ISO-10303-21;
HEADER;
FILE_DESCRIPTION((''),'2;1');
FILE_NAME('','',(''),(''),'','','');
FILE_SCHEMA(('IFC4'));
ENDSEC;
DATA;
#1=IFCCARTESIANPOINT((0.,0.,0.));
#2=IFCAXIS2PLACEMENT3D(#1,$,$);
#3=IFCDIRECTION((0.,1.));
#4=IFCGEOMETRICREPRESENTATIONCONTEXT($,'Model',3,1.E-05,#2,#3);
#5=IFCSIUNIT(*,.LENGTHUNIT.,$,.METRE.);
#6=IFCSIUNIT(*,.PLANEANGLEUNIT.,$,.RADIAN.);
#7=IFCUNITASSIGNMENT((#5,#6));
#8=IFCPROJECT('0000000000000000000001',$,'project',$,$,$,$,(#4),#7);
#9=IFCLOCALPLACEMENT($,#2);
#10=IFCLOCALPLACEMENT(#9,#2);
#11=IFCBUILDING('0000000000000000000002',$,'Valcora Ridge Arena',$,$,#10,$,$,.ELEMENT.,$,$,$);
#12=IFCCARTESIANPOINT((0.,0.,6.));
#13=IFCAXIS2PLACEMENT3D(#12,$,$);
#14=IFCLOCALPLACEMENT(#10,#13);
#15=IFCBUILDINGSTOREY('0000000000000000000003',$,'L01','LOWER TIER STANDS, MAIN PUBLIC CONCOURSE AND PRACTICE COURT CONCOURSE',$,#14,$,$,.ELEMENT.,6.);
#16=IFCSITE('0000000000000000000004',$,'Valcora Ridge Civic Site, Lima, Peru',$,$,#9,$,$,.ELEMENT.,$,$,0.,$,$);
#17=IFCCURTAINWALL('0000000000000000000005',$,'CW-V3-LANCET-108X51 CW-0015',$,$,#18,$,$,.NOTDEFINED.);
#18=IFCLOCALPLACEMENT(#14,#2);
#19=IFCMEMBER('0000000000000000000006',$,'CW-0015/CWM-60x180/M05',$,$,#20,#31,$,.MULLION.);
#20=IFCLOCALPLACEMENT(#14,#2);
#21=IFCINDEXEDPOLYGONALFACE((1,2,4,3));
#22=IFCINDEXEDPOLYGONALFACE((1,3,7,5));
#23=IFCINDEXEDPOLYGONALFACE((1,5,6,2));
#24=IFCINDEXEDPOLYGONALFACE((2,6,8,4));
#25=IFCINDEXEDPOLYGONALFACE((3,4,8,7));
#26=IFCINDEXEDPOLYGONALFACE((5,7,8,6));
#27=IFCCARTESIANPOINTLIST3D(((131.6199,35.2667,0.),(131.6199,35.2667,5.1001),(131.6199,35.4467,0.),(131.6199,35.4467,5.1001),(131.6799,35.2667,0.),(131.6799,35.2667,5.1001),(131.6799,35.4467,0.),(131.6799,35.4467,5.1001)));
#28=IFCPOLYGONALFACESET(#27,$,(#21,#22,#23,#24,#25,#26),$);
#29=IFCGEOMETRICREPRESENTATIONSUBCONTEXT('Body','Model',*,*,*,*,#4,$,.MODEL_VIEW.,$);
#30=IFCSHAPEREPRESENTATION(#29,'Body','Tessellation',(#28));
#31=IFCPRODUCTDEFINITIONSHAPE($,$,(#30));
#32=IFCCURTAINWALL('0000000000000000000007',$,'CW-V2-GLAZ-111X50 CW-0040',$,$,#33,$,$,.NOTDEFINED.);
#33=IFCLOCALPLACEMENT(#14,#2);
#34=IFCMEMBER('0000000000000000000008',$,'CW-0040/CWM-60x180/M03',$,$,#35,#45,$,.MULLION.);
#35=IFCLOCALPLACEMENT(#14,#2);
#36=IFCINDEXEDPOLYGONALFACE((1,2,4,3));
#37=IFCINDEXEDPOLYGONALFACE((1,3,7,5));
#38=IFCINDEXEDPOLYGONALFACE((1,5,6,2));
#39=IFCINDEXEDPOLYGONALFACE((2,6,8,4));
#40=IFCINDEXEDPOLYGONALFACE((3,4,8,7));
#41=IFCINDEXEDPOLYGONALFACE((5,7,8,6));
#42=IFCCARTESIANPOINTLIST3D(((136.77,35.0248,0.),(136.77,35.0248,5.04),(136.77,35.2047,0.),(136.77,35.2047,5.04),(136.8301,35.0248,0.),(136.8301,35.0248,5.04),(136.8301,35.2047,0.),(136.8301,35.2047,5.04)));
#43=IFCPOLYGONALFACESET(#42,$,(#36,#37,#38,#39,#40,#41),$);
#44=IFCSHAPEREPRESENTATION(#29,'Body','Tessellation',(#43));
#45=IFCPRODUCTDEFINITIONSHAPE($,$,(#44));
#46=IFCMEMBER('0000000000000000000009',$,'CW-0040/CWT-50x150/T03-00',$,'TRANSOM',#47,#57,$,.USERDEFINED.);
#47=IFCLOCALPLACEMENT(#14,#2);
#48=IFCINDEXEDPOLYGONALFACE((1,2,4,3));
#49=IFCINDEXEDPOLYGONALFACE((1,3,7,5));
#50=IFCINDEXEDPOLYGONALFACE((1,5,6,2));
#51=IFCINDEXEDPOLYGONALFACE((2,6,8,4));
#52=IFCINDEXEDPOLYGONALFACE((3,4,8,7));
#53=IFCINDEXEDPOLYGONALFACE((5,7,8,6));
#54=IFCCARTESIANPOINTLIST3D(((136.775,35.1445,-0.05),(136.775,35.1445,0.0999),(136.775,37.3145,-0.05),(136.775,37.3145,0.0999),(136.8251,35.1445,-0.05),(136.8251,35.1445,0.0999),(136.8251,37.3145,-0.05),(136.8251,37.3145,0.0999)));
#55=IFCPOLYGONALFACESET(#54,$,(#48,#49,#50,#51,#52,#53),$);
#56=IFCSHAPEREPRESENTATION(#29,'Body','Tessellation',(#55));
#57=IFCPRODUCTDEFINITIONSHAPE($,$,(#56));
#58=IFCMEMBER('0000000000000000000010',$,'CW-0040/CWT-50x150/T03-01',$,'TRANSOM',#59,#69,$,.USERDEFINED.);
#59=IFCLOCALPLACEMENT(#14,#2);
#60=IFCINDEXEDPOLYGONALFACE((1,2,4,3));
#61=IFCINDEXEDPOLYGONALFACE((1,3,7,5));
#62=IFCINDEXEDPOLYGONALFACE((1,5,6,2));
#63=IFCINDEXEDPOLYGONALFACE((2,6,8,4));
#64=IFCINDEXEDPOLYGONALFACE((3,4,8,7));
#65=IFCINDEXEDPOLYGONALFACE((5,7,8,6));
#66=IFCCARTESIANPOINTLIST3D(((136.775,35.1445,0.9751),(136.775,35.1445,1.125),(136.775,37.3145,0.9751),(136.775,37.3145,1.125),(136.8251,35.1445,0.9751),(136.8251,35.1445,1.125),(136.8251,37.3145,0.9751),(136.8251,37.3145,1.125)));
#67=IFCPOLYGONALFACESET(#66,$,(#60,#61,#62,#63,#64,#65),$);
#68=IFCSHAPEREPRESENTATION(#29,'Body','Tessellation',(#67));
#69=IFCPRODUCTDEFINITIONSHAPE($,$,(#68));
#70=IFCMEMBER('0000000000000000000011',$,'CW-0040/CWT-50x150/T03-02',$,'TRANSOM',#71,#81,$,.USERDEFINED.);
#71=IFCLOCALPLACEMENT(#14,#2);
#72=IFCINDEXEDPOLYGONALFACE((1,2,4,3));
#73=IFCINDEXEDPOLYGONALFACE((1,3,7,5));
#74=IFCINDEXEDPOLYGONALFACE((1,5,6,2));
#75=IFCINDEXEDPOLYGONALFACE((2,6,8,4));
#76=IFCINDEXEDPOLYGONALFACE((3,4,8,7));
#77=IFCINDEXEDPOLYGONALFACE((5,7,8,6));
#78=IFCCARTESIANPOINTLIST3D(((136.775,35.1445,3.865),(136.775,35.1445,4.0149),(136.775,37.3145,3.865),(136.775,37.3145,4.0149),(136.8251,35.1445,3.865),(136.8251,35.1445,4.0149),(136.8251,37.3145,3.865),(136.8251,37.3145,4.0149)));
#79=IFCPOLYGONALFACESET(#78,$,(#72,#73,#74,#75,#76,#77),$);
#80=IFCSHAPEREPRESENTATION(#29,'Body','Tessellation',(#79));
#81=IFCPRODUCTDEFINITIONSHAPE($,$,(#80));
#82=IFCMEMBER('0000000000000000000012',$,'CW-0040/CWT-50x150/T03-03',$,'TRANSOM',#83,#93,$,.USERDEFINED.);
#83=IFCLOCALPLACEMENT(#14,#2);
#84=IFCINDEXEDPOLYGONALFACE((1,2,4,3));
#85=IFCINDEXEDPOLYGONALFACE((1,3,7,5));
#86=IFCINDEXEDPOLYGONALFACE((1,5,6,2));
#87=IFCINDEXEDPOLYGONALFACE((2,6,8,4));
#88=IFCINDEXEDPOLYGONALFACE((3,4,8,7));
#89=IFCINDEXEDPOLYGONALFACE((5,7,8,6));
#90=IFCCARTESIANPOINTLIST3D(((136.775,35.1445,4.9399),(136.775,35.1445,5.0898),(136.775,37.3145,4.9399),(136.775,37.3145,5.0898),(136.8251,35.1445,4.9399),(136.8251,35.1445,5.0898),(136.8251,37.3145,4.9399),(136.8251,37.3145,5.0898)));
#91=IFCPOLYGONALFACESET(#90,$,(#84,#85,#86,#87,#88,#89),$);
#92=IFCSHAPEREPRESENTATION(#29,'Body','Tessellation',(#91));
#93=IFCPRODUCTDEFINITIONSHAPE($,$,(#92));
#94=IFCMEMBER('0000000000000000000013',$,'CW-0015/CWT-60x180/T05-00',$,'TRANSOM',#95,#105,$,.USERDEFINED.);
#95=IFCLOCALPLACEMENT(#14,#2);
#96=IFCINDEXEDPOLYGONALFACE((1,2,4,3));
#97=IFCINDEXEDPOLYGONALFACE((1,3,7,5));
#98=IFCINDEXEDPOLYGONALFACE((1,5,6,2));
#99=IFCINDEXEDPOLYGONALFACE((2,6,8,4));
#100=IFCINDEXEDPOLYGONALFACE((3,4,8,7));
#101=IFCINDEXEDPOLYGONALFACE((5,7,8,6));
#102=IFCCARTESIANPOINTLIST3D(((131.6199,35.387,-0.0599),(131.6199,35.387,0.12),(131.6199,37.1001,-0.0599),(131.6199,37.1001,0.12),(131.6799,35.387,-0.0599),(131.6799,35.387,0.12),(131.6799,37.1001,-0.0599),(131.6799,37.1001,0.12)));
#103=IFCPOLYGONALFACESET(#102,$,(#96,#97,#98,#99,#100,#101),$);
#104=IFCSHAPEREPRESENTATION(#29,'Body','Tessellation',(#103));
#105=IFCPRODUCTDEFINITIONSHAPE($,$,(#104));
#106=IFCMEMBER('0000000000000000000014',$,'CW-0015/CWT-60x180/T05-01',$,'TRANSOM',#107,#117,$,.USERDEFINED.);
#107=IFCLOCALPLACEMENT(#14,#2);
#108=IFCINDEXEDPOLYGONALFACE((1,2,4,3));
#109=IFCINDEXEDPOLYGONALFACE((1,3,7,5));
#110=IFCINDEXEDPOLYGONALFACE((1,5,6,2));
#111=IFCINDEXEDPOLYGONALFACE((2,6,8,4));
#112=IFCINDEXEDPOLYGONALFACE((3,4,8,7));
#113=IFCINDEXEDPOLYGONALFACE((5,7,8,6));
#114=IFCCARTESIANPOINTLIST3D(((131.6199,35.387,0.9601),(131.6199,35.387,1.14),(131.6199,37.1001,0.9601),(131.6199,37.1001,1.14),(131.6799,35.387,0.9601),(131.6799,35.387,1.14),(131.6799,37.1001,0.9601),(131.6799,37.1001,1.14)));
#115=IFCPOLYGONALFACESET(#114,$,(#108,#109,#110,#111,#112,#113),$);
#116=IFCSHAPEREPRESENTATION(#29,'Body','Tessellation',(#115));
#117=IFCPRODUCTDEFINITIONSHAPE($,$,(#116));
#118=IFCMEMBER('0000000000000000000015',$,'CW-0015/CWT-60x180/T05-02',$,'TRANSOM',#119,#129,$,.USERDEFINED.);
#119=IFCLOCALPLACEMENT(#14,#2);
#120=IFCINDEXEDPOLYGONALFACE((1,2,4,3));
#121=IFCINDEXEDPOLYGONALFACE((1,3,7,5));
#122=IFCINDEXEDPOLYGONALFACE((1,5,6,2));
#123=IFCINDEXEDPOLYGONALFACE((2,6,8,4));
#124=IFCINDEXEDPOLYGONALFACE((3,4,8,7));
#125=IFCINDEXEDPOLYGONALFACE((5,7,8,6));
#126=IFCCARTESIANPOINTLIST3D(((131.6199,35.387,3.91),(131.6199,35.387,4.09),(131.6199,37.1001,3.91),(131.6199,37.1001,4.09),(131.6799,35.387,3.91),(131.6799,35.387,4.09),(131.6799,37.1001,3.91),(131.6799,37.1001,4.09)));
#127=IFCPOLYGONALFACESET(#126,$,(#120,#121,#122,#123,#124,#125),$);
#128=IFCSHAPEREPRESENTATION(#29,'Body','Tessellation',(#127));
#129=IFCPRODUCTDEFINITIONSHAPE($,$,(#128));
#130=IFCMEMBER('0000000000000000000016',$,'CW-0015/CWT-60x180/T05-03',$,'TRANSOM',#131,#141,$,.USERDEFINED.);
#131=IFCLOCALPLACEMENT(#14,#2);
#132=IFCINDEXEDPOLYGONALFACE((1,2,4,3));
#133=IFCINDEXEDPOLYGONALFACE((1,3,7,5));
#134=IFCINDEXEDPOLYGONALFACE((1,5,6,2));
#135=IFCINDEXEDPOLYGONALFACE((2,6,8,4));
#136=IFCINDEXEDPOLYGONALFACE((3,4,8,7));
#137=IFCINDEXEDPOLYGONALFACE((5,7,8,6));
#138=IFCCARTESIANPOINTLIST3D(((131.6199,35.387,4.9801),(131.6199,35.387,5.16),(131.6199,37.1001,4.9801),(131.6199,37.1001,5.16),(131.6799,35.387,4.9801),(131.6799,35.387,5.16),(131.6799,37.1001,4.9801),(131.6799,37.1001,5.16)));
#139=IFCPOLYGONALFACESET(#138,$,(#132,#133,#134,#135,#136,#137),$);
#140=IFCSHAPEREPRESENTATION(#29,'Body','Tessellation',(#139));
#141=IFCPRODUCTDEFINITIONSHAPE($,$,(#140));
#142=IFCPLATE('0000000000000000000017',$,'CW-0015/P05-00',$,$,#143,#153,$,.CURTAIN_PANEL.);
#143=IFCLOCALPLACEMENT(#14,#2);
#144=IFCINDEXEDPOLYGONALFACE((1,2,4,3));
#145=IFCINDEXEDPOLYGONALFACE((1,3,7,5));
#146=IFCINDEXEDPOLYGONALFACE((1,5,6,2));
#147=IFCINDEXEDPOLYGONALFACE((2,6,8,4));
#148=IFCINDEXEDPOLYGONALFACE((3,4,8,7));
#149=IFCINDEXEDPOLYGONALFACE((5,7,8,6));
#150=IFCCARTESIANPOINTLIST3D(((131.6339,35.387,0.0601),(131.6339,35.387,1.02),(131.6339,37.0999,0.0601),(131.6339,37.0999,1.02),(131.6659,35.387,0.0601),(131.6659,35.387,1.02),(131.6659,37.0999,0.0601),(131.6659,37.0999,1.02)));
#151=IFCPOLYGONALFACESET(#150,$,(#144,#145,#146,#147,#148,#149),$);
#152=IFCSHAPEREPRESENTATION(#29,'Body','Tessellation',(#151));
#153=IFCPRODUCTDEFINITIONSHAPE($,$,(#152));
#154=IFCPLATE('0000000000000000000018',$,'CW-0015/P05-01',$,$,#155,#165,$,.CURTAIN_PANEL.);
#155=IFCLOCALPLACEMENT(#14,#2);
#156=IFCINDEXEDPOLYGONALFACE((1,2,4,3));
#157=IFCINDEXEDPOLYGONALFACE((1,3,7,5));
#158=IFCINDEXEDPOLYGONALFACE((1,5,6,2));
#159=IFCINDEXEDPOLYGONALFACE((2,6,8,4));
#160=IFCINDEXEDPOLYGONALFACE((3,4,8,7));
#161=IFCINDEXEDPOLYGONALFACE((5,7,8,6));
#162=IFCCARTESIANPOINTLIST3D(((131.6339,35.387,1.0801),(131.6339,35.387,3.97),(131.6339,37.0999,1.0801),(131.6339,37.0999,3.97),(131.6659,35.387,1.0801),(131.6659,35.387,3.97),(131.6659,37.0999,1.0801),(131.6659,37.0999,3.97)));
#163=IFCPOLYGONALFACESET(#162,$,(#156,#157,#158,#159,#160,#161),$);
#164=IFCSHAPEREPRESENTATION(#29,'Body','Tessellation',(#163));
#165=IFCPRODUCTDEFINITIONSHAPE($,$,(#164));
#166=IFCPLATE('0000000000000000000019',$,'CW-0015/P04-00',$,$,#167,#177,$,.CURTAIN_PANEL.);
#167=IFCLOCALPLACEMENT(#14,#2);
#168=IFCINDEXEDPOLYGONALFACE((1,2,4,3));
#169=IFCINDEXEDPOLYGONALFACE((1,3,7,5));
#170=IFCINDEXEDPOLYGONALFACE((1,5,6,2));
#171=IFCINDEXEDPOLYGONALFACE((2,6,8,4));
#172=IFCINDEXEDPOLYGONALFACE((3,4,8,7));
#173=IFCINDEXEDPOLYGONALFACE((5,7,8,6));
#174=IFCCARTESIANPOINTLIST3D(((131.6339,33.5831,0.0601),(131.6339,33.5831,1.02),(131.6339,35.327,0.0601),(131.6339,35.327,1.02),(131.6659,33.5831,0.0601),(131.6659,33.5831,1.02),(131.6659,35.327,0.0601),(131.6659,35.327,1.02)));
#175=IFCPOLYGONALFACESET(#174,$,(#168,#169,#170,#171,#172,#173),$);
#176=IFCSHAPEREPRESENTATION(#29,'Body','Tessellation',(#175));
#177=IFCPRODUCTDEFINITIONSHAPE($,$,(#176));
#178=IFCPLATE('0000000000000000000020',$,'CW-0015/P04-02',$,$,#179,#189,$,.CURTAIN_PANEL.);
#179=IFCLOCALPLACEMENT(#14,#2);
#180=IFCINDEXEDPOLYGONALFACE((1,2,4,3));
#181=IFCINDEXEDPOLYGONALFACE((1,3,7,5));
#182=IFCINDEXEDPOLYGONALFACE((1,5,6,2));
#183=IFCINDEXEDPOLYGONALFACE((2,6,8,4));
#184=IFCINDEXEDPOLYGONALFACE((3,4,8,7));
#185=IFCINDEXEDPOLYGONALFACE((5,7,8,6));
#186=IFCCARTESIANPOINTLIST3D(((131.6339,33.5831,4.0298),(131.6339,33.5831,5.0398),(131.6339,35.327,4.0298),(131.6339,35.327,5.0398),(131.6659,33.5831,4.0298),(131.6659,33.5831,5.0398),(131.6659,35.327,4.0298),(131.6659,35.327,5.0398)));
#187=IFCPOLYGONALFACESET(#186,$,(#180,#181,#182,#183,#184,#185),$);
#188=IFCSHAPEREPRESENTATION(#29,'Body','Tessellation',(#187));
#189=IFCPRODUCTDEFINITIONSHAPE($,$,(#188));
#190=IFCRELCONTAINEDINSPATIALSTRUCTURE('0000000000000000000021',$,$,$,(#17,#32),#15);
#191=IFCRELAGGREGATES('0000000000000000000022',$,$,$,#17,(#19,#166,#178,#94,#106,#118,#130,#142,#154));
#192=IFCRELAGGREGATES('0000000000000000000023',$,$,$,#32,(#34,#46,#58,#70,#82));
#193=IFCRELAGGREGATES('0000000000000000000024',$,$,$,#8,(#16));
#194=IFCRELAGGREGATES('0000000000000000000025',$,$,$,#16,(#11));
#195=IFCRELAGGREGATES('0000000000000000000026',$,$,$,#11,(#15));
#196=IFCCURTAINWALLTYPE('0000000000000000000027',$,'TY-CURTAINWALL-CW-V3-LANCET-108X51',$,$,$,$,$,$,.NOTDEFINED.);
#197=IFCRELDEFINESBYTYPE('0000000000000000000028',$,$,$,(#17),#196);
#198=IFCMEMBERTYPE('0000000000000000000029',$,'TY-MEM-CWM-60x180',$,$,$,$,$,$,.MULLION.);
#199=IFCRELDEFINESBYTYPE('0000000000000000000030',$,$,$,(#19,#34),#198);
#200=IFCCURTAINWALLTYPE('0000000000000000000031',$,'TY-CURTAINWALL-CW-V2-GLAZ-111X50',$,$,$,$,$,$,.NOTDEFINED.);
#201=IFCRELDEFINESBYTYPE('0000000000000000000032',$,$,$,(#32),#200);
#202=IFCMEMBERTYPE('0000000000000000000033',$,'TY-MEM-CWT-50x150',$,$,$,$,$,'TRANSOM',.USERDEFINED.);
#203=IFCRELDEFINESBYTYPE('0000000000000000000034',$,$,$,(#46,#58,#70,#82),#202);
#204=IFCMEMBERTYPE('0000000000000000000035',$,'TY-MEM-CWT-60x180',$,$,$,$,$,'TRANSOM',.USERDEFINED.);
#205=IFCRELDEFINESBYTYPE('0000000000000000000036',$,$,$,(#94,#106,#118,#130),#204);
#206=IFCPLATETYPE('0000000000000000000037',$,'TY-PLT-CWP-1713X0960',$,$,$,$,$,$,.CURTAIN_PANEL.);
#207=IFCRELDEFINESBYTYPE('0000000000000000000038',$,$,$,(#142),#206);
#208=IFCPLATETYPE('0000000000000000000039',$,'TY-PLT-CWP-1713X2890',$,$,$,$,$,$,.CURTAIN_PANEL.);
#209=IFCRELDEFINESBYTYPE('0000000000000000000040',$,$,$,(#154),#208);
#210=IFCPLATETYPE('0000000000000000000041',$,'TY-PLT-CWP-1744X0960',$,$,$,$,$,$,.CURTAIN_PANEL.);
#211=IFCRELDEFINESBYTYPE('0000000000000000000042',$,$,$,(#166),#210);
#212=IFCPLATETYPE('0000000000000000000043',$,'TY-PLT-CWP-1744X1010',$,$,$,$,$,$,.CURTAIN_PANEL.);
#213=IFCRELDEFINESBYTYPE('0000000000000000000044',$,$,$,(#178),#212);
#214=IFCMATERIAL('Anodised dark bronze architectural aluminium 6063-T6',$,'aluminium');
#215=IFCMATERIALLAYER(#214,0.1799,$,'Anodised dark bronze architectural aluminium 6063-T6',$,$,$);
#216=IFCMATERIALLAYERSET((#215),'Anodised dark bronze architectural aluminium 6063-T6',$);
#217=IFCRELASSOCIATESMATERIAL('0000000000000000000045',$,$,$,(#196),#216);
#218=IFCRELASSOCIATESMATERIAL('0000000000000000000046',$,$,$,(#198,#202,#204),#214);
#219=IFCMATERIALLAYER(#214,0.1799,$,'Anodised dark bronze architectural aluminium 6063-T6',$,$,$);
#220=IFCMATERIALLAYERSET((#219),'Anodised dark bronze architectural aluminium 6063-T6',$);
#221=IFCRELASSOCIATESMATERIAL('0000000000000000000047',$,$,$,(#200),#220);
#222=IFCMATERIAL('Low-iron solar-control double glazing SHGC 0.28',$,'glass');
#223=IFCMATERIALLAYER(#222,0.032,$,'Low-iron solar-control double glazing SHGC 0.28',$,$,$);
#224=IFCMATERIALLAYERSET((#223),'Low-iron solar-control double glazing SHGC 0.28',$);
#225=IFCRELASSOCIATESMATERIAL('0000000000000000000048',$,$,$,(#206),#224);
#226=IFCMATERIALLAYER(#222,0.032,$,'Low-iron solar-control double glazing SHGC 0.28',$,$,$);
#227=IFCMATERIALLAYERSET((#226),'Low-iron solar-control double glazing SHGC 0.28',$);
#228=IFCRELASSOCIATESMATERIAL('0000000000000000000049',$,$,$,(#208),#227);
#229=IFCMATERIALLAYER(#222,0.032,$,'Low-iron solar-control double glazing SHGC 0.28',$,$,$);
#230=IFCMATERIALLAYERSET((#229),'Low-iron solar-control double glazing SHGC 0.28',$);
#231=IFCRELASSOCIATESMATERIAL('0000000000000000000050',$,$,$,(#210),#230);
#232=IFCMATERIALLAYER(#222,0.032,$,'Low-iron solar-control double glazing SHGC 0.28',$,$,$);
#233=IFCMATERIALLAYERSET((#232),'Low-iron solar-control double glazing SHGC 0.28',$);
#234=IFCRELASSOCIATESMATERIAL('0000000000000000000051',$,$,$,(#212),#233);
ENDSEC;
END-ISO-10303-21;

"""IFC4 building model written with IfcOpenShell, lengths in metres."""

from ifc_helpers import new_model, si_unit, direction, frame, origin, origin_2d, place, context, subcontext, project, spatial, rectangle, extrude, material, layer, layer_set, material_profile, profile_set, type_object, element, aggregate, save


model = new_model("IFC4")

# Units and contexts
model_context = context("Model", 3, precision=1e-05, world=origin(), true_north=direction((0.0, 1.0)))
body_context = subcontext(model_context, "Body", "Model", "MODEL_VIEW")
ifc_project = project(units=[si_unit("LENGTHUNIT", "METRE"), si_unit("PLANEANGLEUNIT", "RADIAN")], contexts=[model_context])

# Site, building, storey
site_placement = place(None, origin())
site = spatial("IfcSite", under=ifc_project, at=site_placement, Name="Valcora Ridge Civic Site, Lima, Peru", CompositionType="ELEMENT", RefElevation=0.0)
building_placement = place(site_placement, origin())
building = spatial("IfcBuilding", under=site, at=building_placement, Name="Valcora Ridge Arena", CompositionType="ELEMENT")
storey_placement = place(building_placement, frame((0.0, 0.0, 6.0)))
storey = spatial("IfcBuildingStorey", under=building, at=storey_placement, Name="L01", Description="LOWER TIER STANDS, MAIN PUBLIC CONCOURSE AND PRACTICE COURT CONCOURSE", CompositionType="ELEMENT", Elevation=6.0)

# Curtain wall, member
ifc_material_1 = material(Name="Anodised dark bronze architectural aluminium 6063-T6", Category="aluminium")
ifc_layer_1 = layer(ifc_material_1, 0.1799, Name="Anodised dark bronze architectural aluminium 6063-T6")
ifc_layer_set_1 = layer_set([ifc_layer_1], Name="Anodised dark bronze architectural aluminium 6063-T6")
curtain_wall_type_1 = type_object("IfcCurtainWallType", Name="TY-CURTAINWALL-CW-V3-LANCET-108X51", PredefinedType="NOTDEFINED", material=ifc_layer_set_1)
curtain_wall_1_placement = place(storey_placement, origin())
curtain_wall_1 = element("IfcCurtainWall", 1, at=curtain_wall_1_placement, inside=storey, type_object=curtain_wall_type_1, Name="CW-V3-LANCET-108X51 CW-0015", PredefinedType="NOTDEFINED")
ifc_material_profile_1 = material_profile(ifc_material_1, rectangle(XDim=0.0601, YDim=0.1799, at=origin_2d()), Name="ALU MULLION 60x180")
ifc_profile_set_1 = profile_set([ifc_material_profile_1], Name="Anodised dark bronze architectural aluminium 6063-T6")
member_type_1 = type_object("IfcMemberType", Name="TY-MEM-CWM-60x180", PredefinedType="MULLION", material=ifc_profile_set_1)
member_1_placement = place(storey_placement, frame((131.6499, 35.3567, 0.0), z_axis=(0.0, 0.0, 1.0), x_axis=(-1.0, 0.0, 0.0)))
member_1 = element("IfcMember", 2, at=member_1_placement, type_object=member_type_1, Name="CW-0015/CWM-60x180/M05", PredefinedType="MULLION", context=body_context, shape_type="SweptSolid", body=[
    extrude(rectangle(XDim=0.0601, YDim=0.1799, at=origin_2d()), origin(), (0.0, 0.0, 1.0), 5.1001),
])

# Curtain wall, members
ifc_layer_2 = layer(ifc_material_1, 0.1799, Name="Anodised dark bronze architectural aluminium 6063-T6")
ifc_layer_set_2 = layer_set([ifc_layer_2], Name="Anodised dark bronze architectural aluminium 6063-T6")
curtain_wall_type_2 = type_object("IfcCurtainWallType", Name="TY-CURTAINWALL-CW-V2-GLAZ-111X50", PredefinedType="NOTDEFINED", material=ifc_layer_set_2)
curtain_wall_2_placement = place(storey_placement, origin())
curtain_wall_2 = element("IfcCurtainWall", 3, at=curtain_wall_2_placement, inside=storey, type_object=curtain_wall_type_2, Name="CW-V2-GLAZ-111X50 CW-0040", PredefinedType="NOTDEFINED")
member_2_placement = place(storey_placement, frame((136.8, 35.1147, 0.0), z_axis=(0.0, 0.0, 1.0), x_axis=(-1.0, 0.0, 0.0)))
member_2 = element("IfcMember", 4, at=member_2_placement, type_object=member_type_1, Name="CW-0040/CWM-60x180/M03", PredefinedType="MULLION", context=body_context, shape_type="SweptSolid", body=[
    extrude(rectangle(XDim=0.0601, YDim=0.1799, at=origin_2d()), origin(), (0.0, 0.0, 1.0), 5.04),
])
ifc_material_profile_2 = material_profile(ifc_material_1, rectangle(XDim=0.05, YDim=0.1499, at=origin_2d()), Name="ALU TRANSOM 50x150")
ifc_profile_set_2 = profile_set([ifc_material_profile_2], Name="Anodised dark bronze architectural aluminium 6063-T6")
member_type_2 = type_object("IfcMemberType", Name="TY-MEM-CWT-50x150", ElementType="TRANSOM", PredefinedType="USERDEFINED", material=ifc_profile_set_2)
member_3_placement = place(storey_placement, frame((136.8, 35.1445, 0.0249), z_axis=(0.0, 1.0, 0.0), x_axis=(-1.0, 0.0, 0.0)))
member_3 = element("IfcMember", 5, at=member_3_placement, type_object=member_type_2, Name="CW-0040/CWT-50x150/T03-00", ObjectType="TRANSOM", PredefinedType="USERDEFINED", context=body_context, shape_type="SweptSolid", body=[
    extrude(rectangle(XDim=0.05, YDim=0.1499, at=origin_2d()), origin(), (0.0, 0.0, 1.0), 2.1699),
])
member_4_placement = place(storey_placement, frame((136.8, 35.1445, 1.05), z_axis=(0.0, 1.0, 0.0), x_axis=(-1.0, 0.0, 0.0)))
member_4 = element("IfcMember", 6, at=member_4_placement, type_object=member_type_2, Name="CW-0040/CWT-50x150/T03-01", ObjectType="TRANSOM", PredefinedType="USERDEFINED", context=body_context, shape_type="SweptSolid", body=[
    extrude(rectangle(XDim=0.05, YDim=0.1499, at=origin_2d()), origin(), (0.0, 0.0, 1.0), 2.1699),
])
member_5_placement = place(storey_placement, frame((136.8, 35.1445, 3.9399), z_axis=(0.0, 1.0, 0.0), x_axis=(-1.0, 0.0, 0.0)))
member_5 = element("IfcMember", 7, at=member_5_placement, type_object=member_type_2, Name="CW-0040/CWT-50x150/T03-02", ObjectType="TRANSOM", PredefinedType="USERDEFINED", context=body_context, shape_type="SweptSolid", body=[
    extrude(rectangle(XDim=0.05, YDim=0.1499, at=origin_2d()), origin(), (0.0, 0.0, 1.0), 2.1699),
])
member_6_placement = place(storey_placement, frame((136.8, 35.1445, 5.0149), z_axis=(0.0, 1.0, 0.0), x_axis=(-1.0, 0.0, 0.0)))
member_6 = element("IfcMember", 8, at=member_6_placement, type_object=member_type_2, Name="CW-0040/CWT-50x150/T03-03", ObjectType="TRANSOM", PredefinedType="USERDEFINED", context=body_context, shape_type="SweptSolid", body=[
    extrude(rectangle(XDim=0.05, YDim=0.1499, at=origin_2d()), origin(), (0.0, 0.0, 1.0), 2.1699),
])

# Members
ifc_material_profile_3 = material_profile(ifc_material_1, rectangle(XDim=0.0601, YDim=0.1799, at=origin_2d()), Name="ALU TRANSOM 60x180")
ifc_profile_set_3 = profile_set([ifc_material_profile_3], Name="Anodised dark bronze architectural aluminium 6063-T6")
member_type_3 = type_object("IfcMemberType", Name="TY-MEM-CWT-60x180", ElementType="TRANSOM", PredefinedType="USERDEFINED", material=ifc_profile_set_3)
member_7_placement = place(storey_placement, frame((131.6499, 35.387, 0.03), z_axis=(0.0, 1.0, 0.0), x_axis=(-1.0, 0.0, 0.0)))
member_7 = element("IfcMember", 9, at=member_7_placement, type_object=member_type_3, Name="CW-0015/CWT-60x180/T05-00", ObjectType="TRANSOM", PredefinedType="USERDEFINED", context=body_context, shape_type="SweptSolid", body=[
    extrude(rectangle(XDim=0.0601, YDim=0.1799, at=origin_2d()), origin(), (0.0, 0.0, 1.0), 1.7131),
])
member_8_placement = place(storey_placement, frame((131.6499, 35.387, 1.05), z_axis=(0.0, 1.0, 0.0), x_axis=(-1.0, 0.0, 0.0)))
member_8 = element("IfcMember", 10, at=member_8_placement, type_object=member_type_3, Name="CW-0015/CWT-60x180/T05-01", ObjectType="TRANSOM", PredefinedType="USERDEFINED", context=body_context, shape_type="SweptSolid", body=[
    extrude(rectangle(XDim=0.0601, YDim=0.1799, at=origin_2d()), origin(), (0.0, 0.0, 1.0), 1.7131),
])
member_9_placement = place(storey_placement, frame((131.6499, 35.387, 4.0), z_axis=(0.0, 1.0, 0.0), x_axis=(-1.0, 0.0, 0.0)))
member_9 = element("IfcMember", 11, at=member_9_placement, type_object=member_type_3, Name="CW-0015/CWT-60x180/T05-02", ObjectType="TRANSOM", PredefinedType="USERDEFINED", context=body_context, shape_type="SweptSolid", body=[
    extrude(rectangle(XDim=0.0601, YDim=0.1799, at=origin_2d()), origin(), (0.0, 0.0, 1.0), 1.7131),
])
member_10_placement = place(storey_placement, frame((131.6499, 35.387, 5.0701), z_axis=(0.0, 1.0, 0.0), x_axis=(-1.0, 0.0, 0.0)))
member_10 = element("IfcMember", 12, at=member_10_placement, type_object=member_type_3, Name="CW-0015/CWT-60x180/T05-03", ObjectType="TRANSOM", PredefinedType="USERDEFINED", context=body_context, shape_type="SweptSolid", body=[
    extrude(rectangle(XDim=0.0601, YDim=0.1799, at=origin_2d()), origin(), (0.0, 0.0, 1.0), 1.7131),
])

# Plates
ifc_material_2 = material(Name="Low-iron solar-control double glazing SHGC 0.28", Category="glass")
ifc_layer_3 = layer(ifc_material_2, 0.032, Name="Low-iron solar-control double glazing SHGC 0.28")
ifc_layer_set_3 = layer_set([ifc_layer_3], Name="Low-iron solar-control double glazing SHGC 0.28")
plate_type_1 = type_object("IfcPlateType", Name="TY-PLT-CWP-1713X0960", PredefinedType="CURTAIN_PANEL", material=ifc_layer_set_3)
plate_1_placement = place(storey_placement, frame((131.6499, 36.2434, 0.0601), z_axis=(0.0, 0.0, 1.0), x_axis=(0.0, 1.0, 0.0)))
plate_1 = element("IfcPlate", 13, at=plate_1_placement, type_object=plate_type_1, Name="CW-0015/P05-00", PredefinedType="CURTAIN_PANEL", context=body_context, shape_type="SweptSolid", body=[
    extrude(rectangle(XDim=1.7129, YDim=0.032, at=origin_2d()), origin(), (0.0, 0.0, 1.0), 0.96),
])
ifc_layer_4 = layer(ifc_material_2, 0.032, Name="Low-iron solar-control double glazing SHGC 0.28")
ifc_layer_set_4 = layer_set([ifc_layer_4], Name="Low-iron solar-control double glazing SHGC 0.28")
plate_type_2 = type_object("IfcPlateType", Name="TY-PLT-CWP-1713X2890", PredefinedType="CURTAIN_PANEL", material=ifc_layer_set_4)
plate_2_placement = place(storey_placement, frame((131.6499, 36.2434, 1.0801), z_axis=(0.0, 0.0, 1.0), x_axis=(0.0, 1.0, 0.0)))
plate_2 = element("IfcPlate", 14, at=plate_2_placement, type_object=plate_type_2, Name="CW-0015/P05-01", PredefinedType="CURTAIN_PANEL", context=body_context, shape_type="SweptSolid", body=[
    extrude(rectangle(XDim=1.7129, YDim=0.032, at=origin_2d()), origin(), (0.0, 0.0, 1.0), 2.8899),
])
ifc_layer_5 = layer(ifc_material_2, 0.032, Name="Low-iron solar-control double glazing SHGC 0.28")
ifc_layer_set_5 = layer_set([ifc_layer_5], Name="Low-iron solar-control double glazing SHGC 0.28")
plate_type_3 = type_object("IfcPlateType", Name="TY-PLT-CWP-1744X0960", PredefinedType="CURTAIN_PANEL", material=ifc_layer_set_5)
plate_3_placement = place(storey_placement, frame((131.6499, 34.4551, 0.0601), z_axis=(0.0, 0.0, 1.0), x_axis=(0.0, 1.0, 0.0)))
plate_3 = element("IfcPlate", 15, at=plate_3_placement, type_object=plate_type_3, Name="CW-0015/P04-00", PredefinedType="CURTAIN_PANEL", context=body_context, shape_type="SweptSolid", body=[
    extrude(rectangle(XDim=1.7439, YDim=0.032, at=origin_2d()), origin(), (0.0, 0.0, 1.0), 0.96),
])
ifc_layer_6 = layer(ifc_material_2, 0.032, Name="Low-iron solar-control double glazing SHGC 0.28")
ifc_layer_set_6 = layer_set([ifc_layer_6], Name="Low-iron solar-control double glazing SHGC 0.28")
plate_type_4 = type_object("IfcPlateType", Name="TY-PLT-CWP-1744X1010", PredefinedType="CURTAIN_PANEL", material=ifc_layer_set_6)
plate_4_placement = place(storey_placement, frame((131.6499, 34.4551, 4.0298), z_axis=(0.0, 0.0, 1.0), x_axis=(0.0, 1.0, 0.0)))
plate_4 = element("IfcPlate", 16, at=plate_4_placement, type_object=plate_type_4, Name="CW-0015/P04-02", PredefinedType="CURTAIN_PANEL", context=body_context, shape_type="SweptSolid", body=[
    extrude(rectangle(XDim=1.7439, YDim=0.032, at=origin_2d()), origin(), (0.0, 0.0, 1.0), 1.01),
])
aggregate(curtain_wall_1, [member_1, plate_3, plate_4, member_7, member_8, member_9, member_10, plate_1, plate_2])
aggregate(curtain_wall_2, [member_2, member_3, member_4, member_5, member_6])

save(model, "model.ifc")
